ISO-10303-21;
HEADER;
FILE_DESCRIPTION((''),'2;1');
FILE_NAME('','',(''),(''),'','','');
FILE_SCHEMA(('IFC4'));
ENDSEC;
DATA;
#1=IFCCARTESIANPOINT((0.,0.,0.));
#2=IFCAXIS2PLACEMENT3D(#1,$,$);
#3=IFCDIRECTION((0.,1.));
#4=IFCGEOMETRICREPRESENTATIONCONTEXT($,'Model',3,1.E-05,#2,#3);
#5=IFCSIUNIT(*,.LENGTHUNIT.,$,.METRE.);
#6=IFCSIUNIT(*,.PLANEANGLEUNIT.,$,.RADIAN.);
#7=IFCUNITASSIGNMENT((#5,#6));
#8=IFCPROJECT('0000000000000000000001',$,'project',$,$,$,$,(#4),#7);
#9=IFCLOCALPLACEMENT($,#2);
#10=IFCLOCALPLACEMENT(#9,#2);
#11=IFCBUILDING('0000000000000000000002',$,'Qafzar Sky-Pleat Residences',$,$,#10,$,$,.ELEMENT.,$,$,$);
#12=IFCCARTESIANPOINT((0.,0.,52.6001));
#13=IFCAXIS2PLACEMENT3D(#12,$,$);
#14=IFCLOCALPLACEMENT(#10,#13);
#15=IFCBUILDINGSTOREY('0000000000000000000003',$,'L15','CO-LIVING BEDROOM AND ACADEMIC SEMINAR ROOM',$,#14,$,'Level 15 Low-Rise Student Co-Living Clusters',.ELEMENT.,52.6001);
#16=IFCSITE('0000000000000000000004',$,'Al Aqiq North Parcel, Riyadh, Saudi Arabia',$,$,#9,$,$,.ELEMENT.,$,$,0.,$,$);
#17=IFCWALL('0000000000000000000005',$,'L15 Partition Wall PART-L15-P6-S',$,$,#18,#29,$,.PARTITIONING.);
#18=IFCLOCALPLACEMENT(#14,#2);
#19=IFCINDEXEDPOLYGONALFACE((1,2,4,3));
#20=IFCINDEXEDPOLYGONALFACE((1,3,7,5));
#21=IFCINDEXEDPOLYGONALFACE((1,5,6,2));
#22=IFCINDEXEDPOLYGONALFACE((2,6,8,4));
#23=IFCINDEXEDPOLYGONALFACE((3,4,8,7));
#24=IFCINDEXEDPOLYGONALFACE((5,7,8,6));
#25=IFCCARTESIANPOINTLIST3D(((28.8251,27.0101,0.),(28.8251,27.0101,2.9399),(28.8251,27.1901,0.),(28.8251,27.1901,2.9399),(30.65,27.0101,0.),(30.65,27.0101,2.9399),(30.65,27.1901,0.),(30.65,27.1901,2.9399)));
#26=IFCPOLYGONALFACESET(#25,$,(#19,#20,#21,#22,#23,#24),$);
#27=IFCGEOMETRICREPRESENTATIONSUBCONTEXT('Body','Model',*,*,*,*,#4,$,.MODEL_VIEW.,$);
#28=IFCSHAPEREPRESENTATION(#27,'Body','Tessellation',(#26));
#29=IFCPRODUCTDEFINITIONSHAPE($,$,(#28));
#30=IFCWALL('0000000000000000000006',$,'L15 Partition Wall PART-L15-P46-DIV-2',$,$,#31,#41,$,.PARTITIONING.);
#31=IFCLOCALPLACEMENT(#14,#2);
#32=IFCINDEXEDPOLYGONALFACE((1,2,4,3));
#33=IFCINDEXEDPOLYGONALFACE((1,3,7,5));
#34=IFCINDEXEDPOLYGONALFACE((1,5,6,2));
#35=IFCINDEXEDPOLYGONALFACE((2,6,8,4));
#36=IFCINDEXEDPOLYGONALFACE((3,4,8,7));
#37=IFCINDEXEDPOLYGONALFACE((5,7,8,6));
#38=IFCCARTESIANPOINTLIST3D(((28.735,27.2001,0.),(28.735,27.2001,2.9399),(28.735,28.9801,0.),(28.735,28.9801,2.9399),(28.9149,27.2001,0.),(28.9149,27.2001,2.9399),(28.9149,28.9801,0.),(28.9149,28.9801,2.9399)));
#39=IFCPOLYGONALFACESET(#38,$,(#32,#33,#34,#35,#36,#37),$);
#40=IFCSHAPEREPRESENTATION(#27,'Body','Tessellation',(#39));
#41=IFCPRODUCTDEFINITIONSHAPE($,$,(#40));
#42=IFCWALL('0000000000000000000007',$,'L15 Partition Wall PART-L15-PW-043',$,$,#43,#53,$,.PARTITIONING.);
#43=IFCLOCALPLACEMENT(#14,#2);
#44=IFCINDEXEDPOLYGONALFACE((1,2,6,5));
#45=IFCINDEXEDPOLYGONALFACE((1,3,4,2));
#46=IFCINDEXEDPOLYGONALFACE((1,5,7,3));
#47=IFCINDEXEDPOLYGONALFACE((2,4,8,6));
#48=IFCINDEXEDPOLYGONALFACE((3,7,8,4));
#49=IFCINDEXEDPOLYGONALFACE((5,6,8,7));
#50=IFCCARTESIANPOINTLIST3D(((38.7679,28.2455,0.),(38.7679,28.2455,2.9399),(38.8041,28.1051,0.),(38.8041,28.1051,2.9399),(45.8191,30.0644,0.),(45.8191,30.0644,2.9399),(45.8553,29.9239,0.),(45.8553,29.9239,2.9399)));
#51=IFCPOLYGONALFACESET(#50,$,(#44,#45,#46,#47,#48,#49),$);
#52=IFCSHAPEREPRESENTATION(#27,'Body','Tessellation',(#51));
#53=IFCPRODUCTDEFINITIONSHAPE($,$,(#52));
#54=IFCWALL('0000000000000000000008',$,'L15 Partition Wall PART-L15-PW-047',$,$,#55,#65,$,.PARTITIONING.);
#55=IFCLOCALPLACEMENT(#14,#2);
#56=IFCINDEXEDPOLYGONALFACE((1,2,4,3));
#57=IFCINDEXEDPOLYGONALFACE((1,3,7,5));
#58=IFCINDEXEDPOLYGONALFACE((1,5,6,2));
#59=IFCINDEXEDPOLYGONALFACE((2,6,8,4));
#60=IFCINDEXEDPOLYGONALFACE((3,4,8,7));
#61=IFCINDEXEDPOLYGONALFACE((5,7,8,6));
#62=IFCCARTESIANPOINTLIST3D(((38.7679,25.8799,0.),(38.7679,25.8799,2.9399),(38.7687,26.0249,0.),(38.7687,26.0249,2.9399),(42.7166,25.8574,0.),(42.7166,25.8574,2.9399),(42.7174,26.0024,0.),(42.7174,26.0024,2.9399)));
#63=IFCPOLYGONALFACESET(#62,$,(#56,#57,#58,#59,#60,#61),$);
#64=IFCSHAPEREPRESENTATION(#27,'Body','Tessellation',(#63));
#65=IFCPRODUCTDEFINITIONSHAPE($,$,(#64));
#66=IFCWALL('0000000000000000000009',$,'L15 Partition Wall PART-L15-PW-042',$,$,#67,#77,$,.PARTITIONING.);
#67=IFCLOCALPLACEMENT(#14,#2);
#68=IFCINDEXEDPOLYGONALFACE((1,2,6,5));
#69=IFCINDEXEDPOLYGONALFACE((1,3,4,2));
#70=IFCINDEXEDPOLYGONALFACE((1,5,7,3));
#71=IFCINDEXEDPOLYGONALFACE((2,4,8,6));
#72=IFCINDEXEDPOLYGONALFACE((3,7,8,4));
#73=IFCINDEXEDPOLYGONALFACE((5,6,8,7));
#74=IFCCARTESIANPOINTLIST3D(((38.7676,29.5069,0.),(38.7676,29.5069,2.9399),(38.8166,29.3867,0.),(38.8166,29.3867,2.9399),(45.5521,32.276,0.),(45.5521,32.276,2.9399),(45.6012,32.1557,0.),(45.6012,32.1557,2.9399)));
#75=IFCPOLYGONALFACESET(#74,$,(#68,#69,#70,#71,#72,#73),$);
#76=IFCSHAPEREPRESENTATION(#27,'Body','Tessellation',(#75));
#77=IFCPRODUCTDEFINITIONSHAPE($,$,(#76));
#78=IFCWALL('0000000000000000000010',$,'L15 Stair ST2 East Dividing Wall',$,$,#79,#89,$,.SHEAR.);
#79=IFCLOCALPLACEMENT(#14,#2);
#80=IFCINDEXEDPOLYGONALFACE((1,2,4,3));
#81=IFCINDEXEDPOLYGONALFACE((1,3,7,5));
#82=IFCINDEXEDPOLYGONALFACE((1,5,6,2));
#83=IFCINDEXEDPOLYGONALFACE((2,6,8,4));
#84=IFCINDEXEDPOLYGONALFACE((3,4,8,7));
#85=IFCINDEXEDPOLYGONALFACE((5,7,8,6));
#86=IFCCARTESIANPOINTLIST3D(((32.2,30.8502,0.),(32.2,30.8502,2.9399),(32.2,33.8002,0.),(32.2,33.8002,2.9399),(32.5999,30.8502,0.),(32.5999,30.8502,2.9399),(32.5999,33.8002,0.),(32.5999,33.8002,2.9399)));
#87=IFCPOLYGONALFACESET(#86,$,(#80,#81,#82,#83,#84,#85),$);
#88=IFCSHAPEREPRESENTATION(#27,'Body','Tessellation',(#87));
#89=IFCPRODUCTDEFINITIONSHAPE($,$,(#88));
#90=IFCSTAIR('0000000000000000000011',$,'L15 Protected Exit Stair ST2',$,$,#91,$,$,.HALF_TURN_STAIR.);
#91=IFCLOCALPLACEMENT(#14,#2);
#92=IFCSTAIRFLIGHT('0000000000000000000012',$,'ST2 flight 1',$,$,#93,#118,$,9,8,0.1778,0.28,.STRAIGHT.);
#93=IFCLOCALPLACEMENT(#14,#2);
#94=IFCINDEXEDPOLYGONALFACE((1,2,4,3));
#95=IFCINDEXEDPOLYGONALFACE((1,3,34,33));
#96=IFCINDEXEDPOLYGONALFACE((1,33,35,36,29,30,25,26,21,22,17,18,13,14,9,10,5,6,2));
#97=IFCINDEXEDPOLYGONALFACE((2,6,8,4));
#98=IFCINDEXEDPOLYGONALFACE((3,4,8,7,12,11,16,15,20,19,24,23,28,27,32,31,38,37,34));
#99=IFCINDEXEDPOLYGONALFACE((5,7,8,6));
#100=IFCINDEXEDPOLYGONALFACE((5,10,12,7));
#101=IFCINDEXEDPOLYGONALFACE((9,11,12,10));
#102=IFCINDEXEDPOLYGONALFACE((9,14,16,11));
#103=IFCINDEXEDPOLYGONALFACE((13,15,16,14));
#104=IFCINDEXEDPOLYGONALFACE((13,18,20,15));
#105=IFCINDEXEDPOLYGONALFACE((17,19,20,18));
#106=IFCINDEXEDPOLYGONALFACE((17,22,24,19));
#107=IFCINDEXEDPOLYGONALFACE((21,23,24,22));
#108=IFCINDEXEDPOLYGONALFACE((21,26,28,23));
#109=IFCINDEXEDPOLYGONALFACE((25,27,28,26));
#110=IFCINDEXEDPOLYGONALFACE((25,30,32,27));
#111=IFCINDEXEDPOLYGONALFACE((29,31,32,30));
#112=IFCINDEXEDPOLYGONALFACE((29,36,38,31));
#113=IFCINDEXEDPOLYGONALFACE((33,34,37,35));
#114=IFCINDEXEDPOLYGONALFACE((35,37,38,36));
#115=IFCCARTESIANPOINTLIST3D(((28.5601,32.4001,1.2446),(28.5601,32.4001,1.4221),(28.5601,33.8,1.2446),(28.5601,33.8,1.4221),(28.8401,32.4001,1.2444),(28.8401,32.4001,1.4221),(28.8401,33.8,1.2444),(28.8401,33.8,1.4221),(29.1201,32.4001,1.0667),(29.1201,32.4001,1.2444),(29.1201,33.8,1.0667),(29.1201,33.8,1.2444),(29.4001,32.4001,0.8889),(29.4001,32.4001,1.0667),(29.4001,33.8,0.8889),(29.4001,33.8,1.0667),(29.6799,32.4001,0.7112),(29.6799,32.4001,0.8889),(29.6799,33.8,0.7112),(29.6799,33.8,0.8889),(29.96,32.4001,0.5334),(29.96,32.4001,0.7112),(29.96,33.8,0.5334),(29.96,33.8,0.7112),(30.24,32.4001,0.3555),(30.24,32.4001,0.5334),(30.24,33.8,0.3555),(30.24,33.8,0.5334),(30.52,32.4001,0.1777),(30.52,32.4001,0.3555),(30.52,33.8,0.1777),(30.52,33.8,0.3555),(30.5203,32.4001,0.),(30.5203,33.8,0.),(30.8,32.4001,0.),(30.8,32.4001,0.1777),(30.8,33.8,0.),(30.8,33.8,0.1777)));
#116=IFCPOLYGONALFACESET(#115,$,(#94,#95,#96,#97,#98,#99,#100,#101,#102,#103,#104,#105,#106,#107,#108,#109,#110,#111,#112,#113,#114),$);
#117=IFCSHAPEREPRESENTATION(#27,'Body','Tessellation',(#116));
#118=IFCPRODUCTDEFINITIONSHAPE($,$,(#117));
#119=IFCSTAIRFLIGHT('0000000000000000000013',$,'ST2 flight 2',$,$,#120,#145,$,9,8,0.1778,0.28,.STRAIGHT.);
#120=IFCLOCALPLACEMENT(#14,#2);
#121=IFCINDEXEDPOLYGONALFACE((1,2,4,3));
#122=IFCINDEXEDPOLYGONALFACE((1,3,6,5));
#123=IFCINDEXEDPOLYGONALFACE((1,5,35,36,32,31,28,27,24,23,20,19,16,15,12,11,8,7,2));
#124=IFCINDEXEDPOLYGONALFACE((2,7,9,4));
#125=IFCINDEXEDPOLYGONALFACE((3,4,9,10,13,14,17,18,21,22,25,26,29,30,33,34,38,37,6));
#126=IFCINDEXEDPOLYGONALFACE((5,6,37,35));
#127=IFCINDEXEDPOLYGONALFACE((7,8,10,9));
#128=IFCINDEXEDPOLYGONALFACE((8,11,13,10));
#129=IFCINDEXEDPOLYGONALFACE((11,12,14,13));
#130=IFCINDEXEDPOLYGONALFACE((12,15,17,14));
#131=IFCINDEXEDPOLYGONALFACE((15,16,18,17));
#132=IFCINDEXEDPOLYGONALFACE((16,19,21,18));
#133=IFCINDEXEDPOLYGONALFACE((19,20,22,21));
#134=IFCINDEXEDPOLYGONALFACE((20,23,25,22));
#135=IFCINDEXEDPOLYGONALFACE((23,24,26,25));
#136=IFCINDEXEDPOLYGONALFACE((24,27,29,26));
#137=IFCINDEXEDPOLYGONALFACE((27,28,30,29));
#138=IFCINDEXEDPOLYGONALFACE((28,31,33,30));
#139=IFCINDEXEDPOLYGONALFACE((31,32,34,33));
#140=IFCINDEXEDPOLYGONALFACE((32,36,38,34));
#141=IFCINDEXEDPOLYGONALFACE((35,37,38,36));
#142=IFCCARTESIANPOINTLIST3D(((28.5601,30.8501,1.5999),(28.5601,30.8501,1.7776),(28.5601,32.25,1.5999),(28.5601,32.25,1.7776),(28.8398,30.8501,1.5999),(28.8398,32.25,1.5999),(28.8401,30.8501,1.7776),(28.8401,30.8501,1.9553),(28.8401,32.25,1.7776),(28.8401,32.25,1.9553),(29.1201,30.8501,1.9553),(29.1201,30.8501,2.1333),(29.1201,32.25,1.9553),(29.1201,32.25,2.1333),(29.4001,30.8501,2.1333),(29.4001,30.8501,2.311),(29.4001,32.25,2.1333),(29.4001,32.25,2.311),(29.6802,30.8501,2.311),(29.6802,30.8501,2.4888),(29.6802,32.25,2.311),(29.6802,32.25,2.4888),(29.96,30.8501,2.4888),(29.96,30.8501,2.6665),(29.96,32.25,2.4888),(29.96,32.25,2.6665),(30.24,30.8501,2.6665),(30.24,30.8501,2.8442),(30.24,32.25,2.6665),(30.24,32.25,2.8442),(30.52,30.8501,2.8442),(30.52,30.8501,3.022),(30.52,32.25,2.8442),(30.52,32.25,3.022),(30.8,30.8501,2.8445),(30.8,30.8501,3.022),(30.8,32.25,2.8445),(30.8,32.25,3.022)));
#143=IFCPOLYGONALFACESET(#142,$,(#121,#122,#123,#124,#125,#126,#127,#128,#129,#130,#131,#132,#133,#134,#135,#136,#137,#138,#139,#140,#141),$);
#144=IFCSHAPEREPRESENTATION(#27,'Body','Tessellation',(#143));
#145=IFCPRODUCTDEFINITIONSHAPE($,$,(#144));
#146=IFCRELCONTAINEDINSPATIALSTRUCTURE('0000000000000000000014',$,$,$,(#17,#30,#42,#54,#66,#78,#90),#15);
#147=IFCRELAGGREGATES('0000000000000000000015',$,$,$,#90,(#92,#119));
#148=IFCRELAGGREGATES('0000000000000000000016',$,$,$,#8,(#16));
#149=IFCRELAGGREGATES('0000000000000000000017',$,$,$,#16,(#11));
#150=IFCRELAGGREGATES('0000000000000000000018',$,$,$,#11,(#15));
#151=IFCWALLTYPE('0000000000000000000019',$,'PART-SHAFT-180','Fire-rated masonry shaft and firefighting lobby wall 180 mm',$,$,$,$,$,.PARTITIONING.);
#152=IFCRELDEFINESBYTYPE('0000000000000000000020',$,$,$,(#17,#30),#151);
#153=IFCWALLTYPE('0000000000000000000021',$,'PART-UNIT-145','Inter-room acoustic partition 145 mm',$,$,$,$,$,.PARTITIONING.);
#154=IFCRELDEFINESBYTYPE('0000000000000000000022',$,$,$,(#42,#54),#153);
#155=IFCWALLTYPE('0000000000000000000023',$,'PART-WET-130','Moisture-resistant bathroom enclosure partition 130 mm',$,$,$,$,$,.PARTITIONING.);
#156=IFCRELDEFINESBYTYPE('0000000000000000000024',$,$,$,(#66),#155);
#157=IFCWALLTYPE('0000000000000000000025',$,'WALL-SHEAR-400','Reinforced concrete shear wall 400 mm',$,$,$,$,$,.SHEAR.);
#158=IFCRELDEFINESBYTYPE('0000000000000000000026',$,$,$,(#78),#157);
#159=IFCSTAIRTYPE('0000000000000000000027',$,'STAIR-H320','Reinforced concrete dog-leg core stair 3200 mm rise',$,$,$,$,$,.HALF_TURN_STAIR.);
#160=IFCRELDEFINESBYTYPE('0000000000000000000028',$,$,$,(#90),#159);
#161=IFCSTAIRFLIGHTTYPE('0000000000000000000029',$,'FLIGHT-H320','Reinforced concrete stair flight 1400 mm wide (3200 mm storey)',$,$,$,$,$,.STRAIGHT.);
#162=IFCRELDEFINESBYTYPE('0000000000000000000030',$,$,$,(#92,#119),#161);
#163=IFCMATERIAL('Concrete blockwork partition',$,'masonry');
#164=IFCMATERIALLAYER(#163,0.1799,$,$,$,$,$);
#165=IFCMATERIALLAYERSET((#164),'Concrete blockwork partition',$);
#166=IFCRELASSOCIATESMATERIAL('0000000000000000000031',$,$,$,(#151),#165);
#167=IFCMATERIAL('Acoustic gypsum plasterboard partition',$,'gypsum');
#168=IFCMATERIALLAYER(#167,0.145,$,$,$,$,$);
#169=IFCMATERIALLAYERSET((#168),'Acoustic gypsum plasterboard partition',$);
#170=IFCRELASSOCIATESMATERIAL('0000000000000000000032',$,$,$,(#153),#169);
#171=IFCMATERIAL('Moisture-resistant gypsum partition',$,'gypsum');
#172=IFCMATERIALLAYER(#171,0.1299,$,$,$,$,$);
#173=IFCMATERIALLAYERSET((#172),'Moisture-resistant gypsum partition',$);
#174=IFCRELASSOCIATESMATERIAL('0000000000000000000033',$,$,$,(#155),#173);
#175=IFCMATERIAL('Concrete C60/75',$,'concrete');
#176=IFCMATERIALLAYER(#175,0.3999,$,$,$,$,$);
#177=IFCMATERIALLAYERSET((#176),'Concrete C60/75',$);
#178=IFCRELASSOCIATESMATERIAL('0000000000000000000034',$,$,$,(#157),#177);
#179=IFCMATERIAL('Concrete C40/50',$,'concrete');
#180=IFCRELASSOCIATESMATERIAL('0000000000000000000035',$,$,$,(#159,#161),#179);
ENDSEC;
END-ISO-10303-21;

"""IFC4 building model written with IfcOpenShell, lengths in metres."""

from ifc_helpers import new_model, si_unit, direction, frame, frame_2d, origin, place, context, subcontext, project, spatial, polyline, rectangle, outline, extrude, source, transform, mapped, material, layer, layer_set, type_object, element, aggregate, save


model = new_model("IFC4")

# Units and contexts
model_context = context("Model", 3, precision=1e-05, world=origin(), true_north=direction((0.0, 1.0)))
body_context = subcontext(model_context, "Body", "Model", "MODEL_VIEW")
ifc_project = project(units=[si_unit("LENGTHUNIT", "METRE"), si_unit("PLANEANGLEUNIT", "RADIAN")], contexts=[model_context])

# Site, building, storey
site_placement = place(None, origin())
site = spatial("IfcSite", under=ifc_project, at=site_placement, Name="Al Aqiq North Parcel, Riyadh, Saudi Arabia", CompositionType="ELEMENT", RefElevation=0.0)
building_placement = place(site_placement, origin())
building = spatial("IfcBuilding", under=site, at=building_placement, Name="Qafzar Sky-Pleat Residences", CompositionType="ELEMENT")
storey_placement = place(building_placement, frame((0.0, 0.0, 52.6001)))
storey = spatial("IfcBuildingStorey", under=building, at=storey_placement, Name="L15", Description="CO-LIVING BEDROOM AND ACADEMIC SEMINAR ROOM", LongName="Level 15 Low-Rise Student Co-Living Clusters", CompositionType="ELEMENT", Elevation=52.6001)

# Shared definitions
ifc_material_1 = material(Name="Acoustic gypsum plasterboard partition", Category="gypsum")
ifc_material_2 = material(Name="Concrete blockwork partition", Category="masonry")
ifc_layer_1 = layer(ifc_material_2, 0.1799)
ifc_layer_set_1 = layer_set([ifc_layer_1], Name="Concrete blockwork partition")
wall_type_1 = type_object("IfcWallType", Name="PART-SHAFT-180", Description="Fire-rated masonry shaft and firefighting lobby wall 180 mm", PredefinedType="PARTITIONING", material=ifc_layer_set_1)

# Walls
wall_1_placement = place(storey_placement, frame((28.825, 27.1001, 0.0), z_axis=(0.0, 0.0, 1.0), x_axis=(1.0, 0.0, 0.0)))
element("IfcWall", 1, at=wall_1_placement, inside=storey, type_object=wall_type_1, Name="L15 Partition Wall PART-L15-P6-S", PredefinedType="PARTITIONING", context=body_context, shape_type="SweptSolid", body=[
    extrude(rectangle(XDim=1.825, YDim=0.1799, at=frame_2d((0.9126, 0.0))), origin(), (0.0, 0.0, 1.0), 2.9399),
])
wall_2_placement = place(storey_placement, frame((28.825, 27.2, 0.0), z_axis=(0.0, 0.0, 1.0), x_axis=(0.0, 1.0, 0.0)))
element("IfcWall", 2, at=wall_2_placement, inside=storey, type_object=wall_type_1, Name="L15 Partition Wall PART-L15-P46-DIV-2", PredefinedType="PARTITIONING", context=body_context, shape_type="SweptSolid", body=[
    extrude(rectangle(XDim=1.78, YDim=0.1799, at=frame_2d((0.8901, 0.0))), origin(), (0.0, 0.0, 1.0), 2.9399),
])
ifc_layer_2 = layer(ifc_material_1, 0.145)
ifc_layer_set_2 = layer_set([ifc_layer_2], Name="Acoustic gypsum plasterboard partition")
wall_type_2 = type_object("IfcWallType", Name="PART-UNIT-145", Description="Inter-room acoustic partition 145 mm", PredefinedType="PARTITIONING", material=ifc_layer_set_2)
wall_3_placement = place(storey_placement, frame((38.7859, 28.1753, 0.0), z_axis=(0.0, 0.0, 1.0), x_axis=(0.968305, 0.249771, 0.0)))
element("IfcWall", 3, at=wall_3_placement, inside=storey, type_object=wall_type_2, Name="L15 Partition Wall PART-L15-PW-043", PredefinedType="PARTITIONING", context=body_context, shape_type="SweptSolid", body=[
    extrude(rectangle(XDim=7.282, YDim=0.145, at=frame_2d((3.6411, 0.0))), origin(), (0.0, 0.0, 1.0), 2.9399),
])
wall_4_placement = place(storey_placement, frame((38.7683, 25.9524, 0.0), z_axis=(0.0, 0.0, 1.0), x_axis=(0.999984, -0.005688, 0.0)))
element("IfcWall", 4, at=wall_4_placement, inside=storey, type_object=wall_type_2, Name="L15 Partition Wall PART-L15-PW-047", PredefinedType="PARTITIONING", context=body_context, shape_type="SweptSolid", body=[
    extrude(rectangle(XDim=3.9487, YDim=0.145, at=frame_2d((1.9744, 0.0))), origin(), (0.0, 0.0, 1.0), 2.9399),
])
ifc_material_3 = material(Name="Moisture-resistant gypsum partition", Category="gypsum")
ifc_layer_3 = layer(ifc_material_3, 0.1299)
ifc_layer_set_3 = layer_set([ifc_layer_3], Name="Moisture-resistant gypsum partition")
wall_type_3 = type_object("IfcWallType", Name="PART-WET-130", Description="Moisture-resistant bathroom enclosure partition 130 mm", PredefinedType="PARTITIONING", material=ifc_layer_set_3)
wall_5_placement = place(storey_placement, frame((38.792, 29.4468, 0.0), z_axis=(0.0, 0.0, 1.0), x_axis=(0.925858, 0.377873, 0.0)))
element("IfcWall", 5, at=wall_5_placement, inside=storey, type_object=wall_type_3, Name="L15 Partition Wall PART-L15-PW-042", PredefinedType="PARTITIONING", context=body_context, shape_type="SweptSolid", body=[
    extrude(rectangle(XDim=7.3279, YDim=0.1299, at=frame_2d((3.6641, 0.0))), origin(), (0.0, 0.0, 1.0), 2.9399),
])
ifc_material_4 = material(Name="Concrete C60/75", Category="concrete")
ifc_layer_4 = layer(ifc_material_4, 0.3999)
ifc_layer_set_4 = layer_set([ifc_layer_4], Name="Concrete C60/75")
wall_type_4 = type_object("IfcWallType", Name="WALL-SHEAR-400", Description="Reinforced concrete shear wall 400 mm", PredefinedType="SHEAR", material=ifc_layer_set_4)
wall_6_placement = place(storey_placement, frame((32.3999, 30.8501, 0.0), z_axis=(0.0, 0.0, 1.0), x_axis=(0.0, 1.0, 0.0)))
element("IfcWall", 6, at=wall_6_placement, inside=storey, type_object=wall_type_4, Name="L15 Stair ST2 East Dividing Wall", PredefinedType="SHEAR", context=body_context, shape_type="SweptSolid", body=[
    extrude(rectangle(XDim=2.95, YDim=0.3999, at=frame_2d((1.4751, 0.0))), origin(), (0.0, 0.0, 1.0), 2.9399),
])

# Stair, stair flights
ifc_material_5 = material(Name="Concrete C40/50", Category="concrete")
stair_type = type_object("IfcStairType", Name="STAIR-H320", Description="Reinforced concrete dog-leg core stair 3200 mm rise", PredefinedType="HALF_TURN_STAIR", material=ifc_material_5)
stair_placement = place(storey_placement, origin())
stair = element("IfcStair", 7, at=stair_placement, inside=storey, type_object=stair_type, Name="L15 Protected Exit Stair ST2", PredefinedType="HALF_TURN_STAIR")
stair_flight_type = type_object("IfcStairFlightType", Name="FLIGHT-H320", Description="Reinforced concrete stair flight 1400 mm wide (3200 mm storey)", PredefinedType="STRAIGHT", material=ifc_material_5)
shared_shape_1 = source(origin(), body_context, "Body", "SweptSolid", [
    extrude(outline(polyline([(0.0, 0.0), (0.0, 0.1777), (0.28, 0.1777), (0.28, 0.3555), (0.5601, 0.3555), (0.5601, 0.5334), (0.8401, 0.5334), (0.8401, 0.7112), (1.1201, 0.7112), (1.1201, 0.8889), (1.3999, 0.8889), (1.3999, 1.0667), (1.6799, 1.0667), (1.6799, 1.2444), (1.96, 1.2444), (1.96, 1.4221), (2.24, 1.4221), (2.24, 1.6001), (2.24, 1.2446), (0.2798, 0.0), (0.0, 0.0)])), frame((0.0, 0.7, 0.0), z_axis=(0.0, -1.0, 0.0), x_axis=(1.0, 0.0, 0.0)), (0.0, 0.0, 1.0), 1.3999),
])
stair_flight_1_placement = place(storey_placement, frame((30.8, 33.1001, 0.0), z_axis=(0.0, 0.0, 1.0), x_axis=(-1.0, 0.0, 0.0)))
stair_flight_1 = element("IfcStairFlight", 8, at=stair_flight_1_placement, type_object=stair_flight_type, Name="ST2 flight 1", NumberOfRisers=9, NumberOfTreads=8, PredefinedType="STRAIGHT", RiserHeight=0.1778, TreadLength=0.28, context=body_context, shape_type="MappedRepresentation", body=[
    mapped(shared_shape_1, transform((0.0, 0.0, 0.0), x_axis=(1.0, 0.0, 0.0), y_axis=(0.0, 1.0, 0.0), z_axis=(0.0, 0.0, 1.0), scale=1.0)),
])
stair_flight_2_placement = place(storey_placement, frame((28.5601, 31.55, 1.5999), z_axis=(0.0, 0.0, 1.0), x_axis=(1.0, 0.0, 0.0)))
stair_flight_2 = element("IfcStairFlight", 9, at=stair_flight_2_placement, type_object=stair_flight_type, Name="ST2 flight 2", NumberOfRisers=9, NumberOfTreads=8, PredefinedType="STRAIGHT", RiserHeight=0.1778, TreadLength=0.28, context=body_context, shape_type="MappedRepresentation", body=[
    mapped(shared_shape_1, transform((0.0, 0.0, 0.0), x_axis=(1.0, 0.0, 0.0), y_axis=(0.0, 1.0, 0.0), z_axis=(0.0, 0.0, 1.0), scale=1.0)),
])
aggregate(stair, [stair_flight_1, stair_flight_2])

save(model, "model.ifc")
